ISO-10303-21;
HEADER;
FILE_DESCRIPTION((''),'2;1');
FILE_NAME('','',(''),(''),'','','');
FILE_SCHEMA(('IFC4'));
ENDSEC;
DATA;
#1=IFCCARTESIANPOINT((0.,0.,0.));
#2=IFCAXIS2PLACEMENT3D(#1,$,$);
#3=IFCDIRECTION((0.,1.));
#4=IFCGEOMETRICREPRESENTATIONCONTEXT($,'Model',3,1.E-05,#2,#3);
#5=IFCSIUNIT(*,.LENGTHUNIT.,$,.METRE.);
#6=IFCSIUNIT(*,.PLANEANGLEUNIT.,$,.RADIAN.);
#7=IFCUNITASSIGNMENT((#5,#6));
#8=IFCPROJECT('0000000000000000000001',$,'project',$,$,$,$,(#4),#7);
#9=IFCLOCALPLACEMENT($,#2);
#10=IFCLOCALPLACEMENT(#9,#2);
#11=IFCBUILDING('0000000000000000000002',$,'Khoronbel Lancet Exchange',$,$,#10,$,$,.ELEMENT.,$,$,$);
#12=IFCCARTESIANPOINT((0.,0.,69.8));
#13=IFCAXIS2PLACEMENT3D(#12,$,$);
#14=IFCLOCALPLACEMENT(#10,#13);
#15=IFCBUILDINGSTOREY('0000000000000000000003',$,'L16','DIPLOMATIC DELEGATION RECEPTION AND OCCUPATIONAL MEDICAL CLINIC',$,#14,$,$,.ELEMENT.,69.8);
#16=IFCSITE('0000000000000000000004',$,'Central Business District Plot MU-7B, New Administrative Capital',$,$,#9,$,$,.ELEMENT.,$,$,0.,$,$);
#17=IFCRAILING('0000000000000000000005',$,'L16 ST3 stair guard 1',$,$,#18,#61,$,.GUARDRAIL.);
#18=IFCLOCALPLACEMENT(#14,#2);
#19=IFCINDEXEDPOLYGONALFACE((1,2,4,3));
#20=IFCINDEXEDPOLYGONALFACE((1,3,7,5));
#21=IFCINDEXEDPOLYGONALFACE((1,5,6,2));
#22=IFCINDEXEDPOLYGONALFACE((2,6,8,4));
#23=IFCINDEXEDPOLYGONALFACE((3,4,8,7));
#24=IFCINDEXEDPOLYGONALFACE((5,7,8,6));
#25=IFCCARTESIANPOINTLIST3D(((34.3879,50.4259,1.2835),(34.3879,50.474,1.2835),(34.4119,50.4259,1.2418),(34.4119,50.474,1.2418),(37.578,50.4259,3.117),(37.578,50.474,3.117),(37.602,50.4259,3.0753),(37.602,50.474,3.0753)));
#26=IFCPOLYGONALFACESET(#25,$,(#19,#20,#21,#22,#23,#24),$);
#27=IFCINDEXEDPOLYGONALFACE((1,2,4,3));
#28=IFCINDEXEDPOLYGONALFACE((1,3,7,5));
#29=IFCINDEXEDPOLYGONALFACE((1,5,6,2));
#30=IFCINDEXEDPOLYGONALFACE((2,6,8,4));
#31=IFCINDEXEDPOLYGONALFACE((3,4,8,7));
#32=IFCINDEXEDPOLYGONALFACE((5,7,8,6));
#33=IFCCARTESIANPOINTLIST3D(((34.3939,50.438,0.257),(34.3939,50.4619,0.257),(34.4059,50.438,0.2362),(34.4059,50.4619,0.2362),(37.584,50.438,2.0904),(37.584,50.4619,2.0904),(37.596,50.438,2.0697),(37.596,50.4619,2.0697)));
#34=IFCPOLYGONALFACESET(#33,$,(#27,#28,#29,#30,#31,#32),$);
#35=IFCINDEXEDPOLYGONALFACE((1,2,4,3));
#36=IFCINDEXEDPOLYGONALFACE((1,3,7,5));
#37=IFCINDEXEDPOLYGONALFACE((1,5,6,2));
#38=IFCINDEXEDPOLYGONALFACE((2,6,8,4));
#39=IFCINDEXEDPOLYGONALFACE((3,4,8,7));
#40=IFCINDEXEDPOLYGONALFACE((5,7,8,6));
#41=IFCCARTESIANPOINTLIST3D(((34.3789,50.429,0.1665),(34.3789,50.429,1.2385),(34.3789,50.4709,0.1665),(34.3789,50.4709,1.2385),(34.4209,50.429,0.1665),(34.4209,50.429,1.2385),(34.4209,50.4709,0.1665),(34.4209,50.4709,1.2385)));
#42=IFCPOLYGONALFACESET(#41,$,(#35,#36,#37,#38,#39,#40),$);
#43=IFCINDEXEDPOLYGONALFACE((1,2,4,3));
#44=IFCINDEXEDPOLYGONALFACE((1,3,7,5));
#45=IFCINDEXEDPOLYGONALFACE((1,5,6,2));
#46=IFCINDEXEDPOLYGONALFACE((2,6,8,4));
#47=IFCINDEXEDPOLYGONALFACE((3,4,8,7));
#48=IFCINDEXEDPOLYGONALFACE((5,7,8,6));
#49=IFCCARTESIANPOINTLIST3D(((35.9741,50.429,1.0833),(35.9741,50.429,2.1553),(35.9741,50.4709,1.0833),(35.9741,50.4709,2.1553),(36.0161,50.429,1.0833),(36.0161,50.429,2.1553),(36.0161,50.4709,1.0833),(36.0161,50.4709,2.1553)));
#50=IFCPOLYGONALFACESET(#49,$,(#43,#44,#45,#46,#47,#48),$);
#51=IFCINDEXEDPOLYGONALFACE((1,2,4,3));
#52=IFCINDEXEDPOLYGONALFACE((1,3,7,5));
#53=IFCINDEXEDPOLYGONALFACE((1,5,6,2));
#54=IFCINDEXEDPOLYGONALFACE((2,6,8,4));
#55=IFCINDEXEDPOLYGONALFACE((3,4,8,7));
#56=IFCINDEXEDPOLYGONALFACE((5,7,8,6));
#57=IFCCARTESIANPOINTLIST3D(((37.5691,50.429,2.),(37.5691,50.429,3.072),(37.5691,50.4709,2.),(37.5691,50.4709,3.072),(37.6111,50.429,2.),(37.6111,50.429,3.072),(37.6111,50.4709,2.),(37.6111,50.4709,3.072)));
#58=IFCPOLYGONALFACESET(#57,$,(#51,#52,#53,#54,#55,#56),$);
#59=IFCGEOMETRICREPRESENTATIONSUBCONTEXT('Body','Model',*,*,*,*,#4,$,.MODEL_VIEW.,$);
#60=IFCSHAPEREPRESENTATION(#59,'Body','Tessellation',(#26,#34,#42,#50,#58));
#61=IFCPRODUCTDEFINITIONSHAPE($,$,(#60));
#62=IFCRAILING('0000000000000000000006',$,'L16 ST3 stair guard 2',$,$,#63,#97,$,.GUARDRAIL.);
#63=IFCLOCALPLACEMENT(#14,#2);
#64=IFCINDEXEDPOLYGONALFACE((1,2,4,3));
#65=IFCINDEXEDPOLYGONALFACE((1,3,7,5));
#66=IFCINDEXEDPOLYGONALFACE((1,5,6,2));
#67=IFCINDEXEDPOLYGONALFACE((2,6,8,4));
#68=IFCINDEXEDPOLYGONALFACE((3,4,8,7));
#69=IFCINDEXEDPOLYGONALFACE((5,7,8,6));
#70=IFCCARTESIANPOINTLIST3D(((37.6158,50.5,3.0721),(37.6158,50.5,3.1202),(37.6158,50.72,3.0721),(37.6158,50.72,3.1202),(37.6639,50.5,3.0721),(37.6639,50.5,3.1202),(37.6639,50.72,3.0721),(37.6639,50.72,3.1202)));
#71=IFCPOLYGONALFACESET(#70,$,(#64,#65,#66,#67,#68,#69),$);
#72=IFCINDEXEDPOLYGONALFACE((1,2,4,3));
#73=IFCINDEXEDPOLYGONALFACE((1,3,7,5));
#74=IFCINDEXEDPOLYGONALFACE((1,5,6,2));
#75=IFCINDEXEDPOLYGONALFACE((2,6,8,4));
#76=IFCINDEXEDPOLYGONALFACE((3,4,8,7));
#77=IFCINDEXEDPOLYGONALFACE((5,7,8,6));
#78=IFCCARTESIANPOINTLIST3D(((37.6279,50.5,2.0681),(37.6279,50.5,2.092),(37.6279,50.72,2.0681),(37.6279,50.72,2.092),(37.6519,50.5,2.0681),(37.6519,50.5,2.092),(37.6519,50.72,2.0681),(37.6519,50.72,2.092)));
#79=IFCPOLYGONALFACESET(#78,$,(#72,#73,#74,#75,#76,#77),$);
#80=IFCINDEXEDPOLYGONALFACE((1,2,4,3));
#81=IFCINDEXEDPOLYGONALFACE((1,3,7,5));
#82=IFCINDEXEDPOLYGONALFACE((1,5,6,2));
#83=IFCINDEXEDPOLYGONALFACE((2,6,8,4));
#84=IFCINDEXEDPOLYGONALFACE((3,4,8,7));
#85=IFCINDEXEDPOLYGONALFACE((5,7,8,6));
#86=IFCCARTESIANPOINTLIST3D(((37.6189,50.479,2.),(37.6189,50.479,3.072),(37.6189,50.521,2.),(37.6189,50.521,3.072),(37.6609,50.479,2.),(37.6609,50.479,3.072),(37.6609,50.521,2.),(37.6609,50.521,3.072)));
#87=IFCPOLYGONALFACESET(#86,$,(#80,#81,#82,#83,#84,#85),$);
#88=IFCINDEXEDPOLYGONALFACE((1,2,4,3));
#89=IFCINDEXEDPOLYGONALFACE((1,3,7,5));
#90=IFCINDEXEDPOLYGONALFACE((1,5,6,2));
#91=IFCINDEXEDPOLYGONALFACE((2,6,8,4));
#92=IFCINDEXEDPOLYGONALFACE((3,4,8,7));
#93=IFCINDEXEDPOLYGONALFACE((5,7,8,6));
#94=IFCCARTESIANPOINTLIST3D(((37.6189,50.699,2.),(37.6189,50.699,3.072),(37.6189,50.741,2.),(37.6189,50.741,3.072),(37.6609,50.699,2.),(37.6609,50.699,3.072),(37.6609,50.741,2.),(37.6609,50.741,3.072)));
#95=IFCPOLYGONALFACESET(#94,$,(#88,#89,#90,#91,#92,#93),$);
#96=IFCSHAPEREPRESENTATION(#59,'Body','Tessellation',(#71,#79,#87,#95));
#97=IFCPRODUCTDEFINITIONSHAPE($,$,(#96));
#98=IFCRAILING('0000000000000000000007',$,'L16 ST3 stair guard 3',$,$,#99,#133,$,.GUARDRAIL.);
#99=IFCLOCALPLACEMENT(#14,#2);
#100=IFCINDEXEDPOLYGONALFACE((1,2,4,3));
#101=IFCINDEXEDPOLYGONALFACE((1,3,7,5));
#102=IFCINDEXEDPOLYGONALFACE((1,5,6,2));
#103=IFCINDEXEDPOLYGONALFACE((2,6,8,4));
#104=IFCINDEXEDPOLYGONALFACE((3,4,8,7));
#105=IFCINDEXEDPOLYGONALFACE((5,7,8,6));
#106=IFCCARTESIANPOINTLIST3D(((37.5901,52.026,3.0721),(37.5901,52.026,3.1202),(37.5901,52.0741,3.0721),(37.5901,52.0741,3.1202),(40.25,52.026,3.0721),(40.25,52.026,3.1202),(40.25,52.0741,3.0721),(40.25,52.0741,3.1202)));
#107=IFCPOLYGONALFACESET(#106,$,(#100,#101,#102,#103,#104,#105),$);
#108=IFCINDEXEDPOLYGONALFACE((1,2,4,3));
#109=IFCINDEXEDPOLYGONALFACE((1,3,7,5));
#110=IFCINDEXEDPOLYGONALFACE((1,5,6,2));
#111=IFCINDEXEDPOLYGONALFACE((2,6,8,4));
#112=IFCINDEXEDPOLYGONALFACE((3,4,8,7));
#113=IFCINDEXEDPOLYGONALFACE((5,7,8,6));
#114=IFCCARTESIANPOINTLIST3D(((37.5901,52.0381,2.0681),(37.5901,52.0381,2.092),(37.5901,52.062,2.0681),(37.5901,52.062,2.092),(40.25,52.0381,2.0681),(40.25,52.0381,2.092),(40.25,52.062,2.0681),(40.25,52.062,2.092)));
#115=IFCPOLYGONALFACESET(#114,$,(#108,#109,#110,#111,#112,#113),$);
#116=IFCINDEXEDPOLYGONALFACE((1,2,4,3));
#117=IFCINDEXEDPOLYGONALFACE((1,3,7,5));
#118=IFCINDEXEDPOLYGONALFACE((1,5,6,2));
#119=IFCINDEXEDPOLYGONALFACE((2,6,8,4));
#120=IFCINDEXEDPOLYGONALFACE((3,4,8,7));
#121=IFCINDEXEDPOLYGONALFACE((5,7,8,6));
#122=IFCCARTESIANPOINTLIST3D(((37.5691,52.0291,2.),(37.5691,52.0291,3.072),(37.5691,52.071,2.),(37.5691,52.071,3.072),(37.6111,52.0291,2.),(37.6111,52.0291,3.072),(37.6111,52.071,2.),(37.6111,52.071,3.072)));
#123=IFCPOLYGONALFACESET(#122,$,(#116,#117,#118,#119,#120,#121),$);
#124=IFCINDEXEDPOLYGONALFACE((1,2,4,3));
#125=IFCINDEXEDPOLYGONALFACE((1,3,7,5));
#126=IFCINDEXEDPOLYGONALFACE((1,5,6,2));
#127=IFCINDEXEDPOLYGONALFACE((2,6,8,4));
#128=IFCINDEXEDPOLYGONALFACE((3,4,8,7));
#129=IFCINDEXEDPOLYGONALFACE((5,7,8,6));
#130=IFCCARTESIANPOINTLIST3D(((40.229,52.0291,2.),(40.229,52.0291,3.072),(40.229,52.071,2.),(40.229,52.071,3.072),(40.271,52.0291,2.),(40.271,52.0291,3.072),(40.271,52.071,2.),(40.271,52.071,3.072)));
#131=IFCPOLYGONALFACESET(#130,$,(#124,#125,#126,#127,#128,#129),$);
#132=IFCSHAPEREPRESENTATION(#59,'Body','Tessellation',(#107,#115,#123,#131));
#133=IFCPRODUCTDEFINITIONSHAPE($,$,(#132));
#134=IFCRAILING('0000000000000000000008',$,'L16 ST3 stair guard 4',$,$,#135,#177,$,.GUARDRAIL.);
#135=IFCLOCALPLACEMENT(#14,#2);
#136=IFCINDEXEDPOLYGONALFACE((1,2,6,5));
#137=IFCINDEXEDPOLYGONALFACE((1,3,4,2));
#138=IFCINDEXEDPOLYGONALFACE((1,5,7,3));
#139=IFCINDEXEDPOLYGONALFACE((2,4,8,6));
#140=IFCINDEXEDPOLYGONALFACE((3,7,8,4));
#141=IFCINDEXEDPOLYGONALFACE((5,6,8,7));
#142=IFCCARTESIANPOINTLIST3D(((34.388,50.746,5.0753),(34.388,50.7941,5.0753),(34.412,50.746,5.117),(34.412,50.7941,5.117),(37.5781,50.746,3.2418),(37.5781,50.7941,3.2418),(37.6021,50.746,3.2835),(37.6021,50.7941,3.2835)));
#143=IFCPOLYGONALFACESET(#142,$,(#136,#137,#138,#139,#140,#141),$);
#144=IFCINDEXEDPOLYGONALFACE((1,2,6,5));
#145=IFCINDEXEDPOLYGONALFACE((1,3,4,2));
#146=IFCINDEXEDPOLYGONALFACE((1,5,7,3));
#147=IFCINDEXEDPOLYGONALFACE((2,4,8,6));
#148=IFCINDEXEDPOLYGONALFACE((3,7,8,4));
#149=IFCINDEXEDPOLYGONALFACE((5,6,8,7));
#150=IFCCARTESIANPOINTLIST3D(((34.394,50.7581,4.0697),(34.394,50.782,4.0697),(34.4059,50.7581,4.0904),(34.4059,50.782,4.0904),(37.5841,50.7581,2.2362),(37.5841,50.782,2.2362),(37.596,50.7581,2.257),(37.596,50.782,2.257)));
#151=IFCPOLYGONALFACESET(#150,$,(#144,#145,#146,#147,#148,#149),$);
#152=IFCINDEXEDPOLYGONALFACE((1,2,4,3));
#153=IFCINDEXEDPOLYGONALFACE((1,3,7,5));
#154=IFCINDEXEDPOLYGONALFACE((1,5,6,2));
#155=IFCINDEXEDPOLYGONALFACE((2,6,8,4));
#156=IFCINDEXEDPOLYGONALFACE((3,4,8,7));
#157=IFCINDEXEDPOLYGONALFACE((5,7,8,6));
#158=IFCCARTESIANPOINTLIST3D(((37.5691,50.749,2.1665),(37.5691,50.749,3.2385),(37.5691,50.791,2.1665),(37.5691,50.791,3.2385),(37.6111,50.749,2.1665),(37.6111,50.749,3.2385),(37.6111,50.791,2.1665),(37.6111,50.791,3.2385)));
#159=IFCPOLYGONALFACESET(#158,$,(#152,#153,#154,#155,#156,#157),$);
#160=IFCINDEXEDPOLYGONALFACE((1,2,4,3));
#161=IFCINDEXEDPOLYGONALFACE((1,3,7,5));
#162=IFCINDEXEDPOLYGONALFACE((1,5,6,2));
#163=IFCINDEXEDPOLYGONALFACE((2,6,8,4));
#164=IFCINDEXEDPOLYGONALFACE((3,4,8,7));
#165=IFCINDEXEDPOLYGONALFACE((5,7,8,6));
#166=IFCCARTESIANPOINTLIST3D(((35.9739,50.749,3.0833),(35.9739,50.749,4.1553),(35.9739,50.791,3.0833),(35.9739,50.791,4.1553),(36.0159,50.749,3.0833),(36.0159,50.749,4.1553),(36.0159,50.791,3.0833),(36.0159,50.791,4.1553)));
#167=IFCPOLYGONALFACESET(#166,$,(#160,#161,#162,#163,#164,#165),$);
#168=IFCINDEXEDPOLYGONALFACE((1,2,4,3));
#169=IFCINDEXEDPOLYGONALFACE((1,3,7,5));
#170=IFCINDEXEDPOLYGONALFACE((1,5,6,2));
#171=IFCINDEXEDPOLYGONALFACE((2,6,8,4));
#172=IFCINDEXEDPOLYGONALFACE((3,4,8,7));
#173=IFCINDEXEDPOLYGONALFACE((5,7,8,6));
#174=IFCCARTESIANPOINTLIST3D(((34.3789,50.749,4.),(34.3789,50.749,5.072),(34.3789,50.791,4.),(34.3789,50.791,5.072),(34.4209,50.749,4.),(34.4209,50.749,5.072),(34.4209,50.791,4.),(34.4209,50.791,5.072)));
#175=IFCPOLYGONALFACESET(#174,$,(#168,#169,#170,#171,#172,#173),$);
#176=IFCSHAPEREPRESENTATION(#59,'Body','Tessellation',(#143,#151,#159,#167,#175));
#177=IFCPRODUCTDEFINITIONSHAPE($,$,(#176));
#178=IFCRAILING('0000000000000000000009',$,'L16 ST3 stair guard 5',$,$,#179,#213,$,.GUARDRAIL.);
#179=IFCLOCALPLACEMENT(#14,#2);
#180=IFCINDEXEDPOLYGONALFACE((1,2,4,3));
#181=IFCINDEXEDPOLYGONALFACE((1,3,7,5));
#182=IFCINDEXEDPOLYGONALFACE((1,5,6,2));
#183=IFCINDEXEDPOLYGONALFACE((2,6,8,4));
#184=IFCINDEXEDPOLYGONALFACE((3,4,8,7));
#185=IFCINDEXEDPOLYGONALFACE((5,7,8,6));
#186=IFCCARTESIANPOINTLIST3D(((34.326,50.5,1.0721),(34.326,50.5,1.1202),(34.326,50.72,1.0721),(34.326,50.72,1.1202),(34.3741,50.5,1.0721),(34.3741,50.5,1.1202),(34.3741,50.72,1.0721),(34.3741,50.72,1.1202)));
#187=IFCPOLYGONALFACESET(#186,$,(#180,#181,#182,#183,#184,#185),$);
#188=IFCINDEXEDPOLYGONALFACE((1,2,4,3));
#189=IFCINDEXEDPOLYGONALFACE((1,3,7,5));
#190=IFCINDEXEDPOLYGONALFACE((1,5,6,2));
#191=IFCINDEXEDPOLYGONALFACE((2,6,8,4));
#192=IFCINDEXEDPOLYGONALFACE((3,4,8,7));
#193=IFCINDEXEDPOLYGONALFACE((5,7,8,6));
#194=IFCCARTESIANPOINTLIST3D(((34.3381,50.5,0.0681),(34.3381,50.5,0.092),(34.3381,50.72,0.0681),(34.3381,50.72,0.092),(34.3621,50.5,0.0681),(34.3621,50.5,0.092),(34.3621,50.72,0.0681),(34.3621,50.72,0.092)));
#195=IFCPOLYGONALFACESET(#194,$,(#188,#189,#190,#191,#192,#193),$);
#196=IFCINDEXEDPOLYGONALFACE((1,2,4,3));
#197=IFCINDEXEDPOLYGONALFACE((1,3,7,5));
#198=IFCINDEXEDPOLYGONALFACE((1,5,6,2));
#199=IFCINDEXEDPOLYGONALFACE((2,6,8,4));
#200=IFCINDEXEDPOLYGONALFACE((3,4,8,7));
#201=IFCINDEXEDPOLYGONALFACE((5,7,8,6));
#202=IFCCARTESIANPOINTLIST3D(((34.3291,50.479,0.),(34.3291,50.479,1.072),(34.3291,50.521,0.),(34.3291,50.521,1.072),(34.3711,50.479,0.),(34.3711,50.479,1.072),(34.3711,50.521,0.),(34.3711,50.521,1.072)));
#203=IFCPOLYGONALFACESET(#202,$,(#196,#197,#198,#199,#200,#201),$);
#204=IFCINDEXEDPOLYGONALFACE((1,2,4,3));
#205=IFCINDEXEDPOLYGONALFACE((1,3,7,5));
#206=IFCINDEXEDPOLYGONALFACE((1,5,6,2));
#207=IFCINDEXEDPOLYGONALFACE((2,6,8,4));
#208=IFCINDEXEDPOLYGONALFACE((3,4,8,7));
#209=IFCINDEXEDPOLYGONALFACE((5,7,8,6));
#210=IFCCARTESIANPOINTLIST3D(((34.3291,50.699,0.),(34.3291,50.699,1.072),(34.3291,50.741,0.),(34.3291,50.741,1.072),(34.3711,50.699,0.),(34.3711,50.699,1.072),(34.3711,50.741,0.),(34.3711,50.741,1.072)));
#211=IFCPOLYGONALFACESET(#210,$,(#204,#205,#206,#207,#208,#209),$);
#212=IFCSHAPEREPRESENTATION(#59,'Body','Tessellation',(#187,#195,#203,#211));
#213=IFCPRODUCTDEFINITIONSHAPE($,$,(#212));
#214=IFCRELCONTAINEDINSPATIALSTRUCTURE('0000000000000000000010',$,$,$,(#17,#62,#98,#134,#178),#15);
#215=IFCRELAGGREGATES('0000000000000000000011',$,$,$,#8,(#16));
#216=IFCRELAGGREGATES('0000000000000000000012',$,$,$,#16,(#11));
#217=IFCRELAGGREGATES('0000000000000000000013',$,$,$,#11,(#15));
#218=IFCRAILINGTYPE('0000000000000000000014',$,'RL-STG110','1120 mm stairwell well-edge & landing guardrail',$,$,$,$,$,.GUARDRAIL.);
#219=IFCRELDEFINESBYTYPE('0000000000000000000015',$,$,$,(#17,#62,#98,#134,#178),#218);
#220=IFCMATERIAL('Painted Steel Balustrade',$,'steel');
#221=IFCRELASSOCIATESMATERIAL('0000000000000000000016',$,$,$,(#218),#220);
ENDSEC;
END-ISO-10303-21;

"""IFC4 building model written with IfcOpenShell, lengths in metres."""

from ifc_helpers import new_model, si_unit, direction, frame, origin, origin_2d, place, context, subcontext, project, spatial, rectangle, extrude, material, type_object, element, save


model = new_model("IFC4")

# Units and contexts
model_context = context("Model", 3, precision=1e-05, world=origin(), true_north=direction((0.0, 1.0)))
body_context = subcontext(model_context, "Body", "Model", "MODEL_VIEW")
ifc_project = project(units=[si_unit("LENGTHUNIT", "METRE"), si_unit("PLANEANGLEUNIT", "RADIAN")], contexts=[model_context])

# Site, building, storey
site_placement = place(None, origin())
site = spatial("IfcSite", under=ifc_project, at=site_placement, Name="Central Business District Plot MU-7B, New Administrative Capital", CompositionType="ELEMENT", RefElevation=0.0)
building_placement = place(site_placement, origin())
building = spatial("IfcBuilding", under=site, at=building_placement, Name="Khoronbel Lancet Exchange", CompositionType="ELEMENT")
storey_placement = place(building_placement, frame((0.0, 0.0, 69.8)))
storey = spatial("IfcBuildingStorey", under=building, at=storey_placement, Name="L16", Description="DIPLOMATIC DELEGATION RECEPTION AND OCCUPATIONAL MEDICAL CLINIC", CompositionType="ELEMENT", Elevation=69.8)

# Railings
ifc_material_1 = material(Name="Painted Steel Balustrade", Category="steel")
railing_type_1 = type_object("IfcRailingType", Name="RL-STG110", Description="1120 mm stairwell well-edge & landing guardrail", PredefinedType="GUARDRAIL", material=ifc_material_1)
railing_1_placement = place(storey_placement, frame((34.3999, 50.45, 0.1665)))
element("IfcRailing", 1, at=railing_1_placement, inside=storey, type_object=railing_type_1, Name="L16 ST3 stair guard 1", PredefinedType="GUARDRAIL", context=body_context, shape_type="SweptSolid", body=[
    extrude(rectangle(XDim=0.0481, YDim=0.0481, at=origin_2d()), frame((0.0, 0.0, 1.0962), z_axis=(0.867007, 0.0, 0.498295), x_axis=(0.0, 1.0, 0.0)), (0.0, 0.0, 1.0), 3.6794),
    extrude(rectangle(XDim=0.0239, YDim=0.0239, at=origin_2d()), frame((0.0, 0.0, 0.0801), z_axis=(0.867007, 0.0, 0.498295), x_axis=(0.0, 1.0, 0.0)), (0.0, 0.0, 1.0), 3.6794),
    extrude(rectangle(XDim=0.042, YDim=0.042, at=origin_2d()), origin(), (0.0, 0.0, 1.0), 1.072),
    extrude(rectangle(XDim=0.042, YDim=0.042, at=origin_2d()), frame((1.5952, 0.0, 0.9167)), (0.0, 0.0, 1.0), 1.072),
    extrude(rectangle(XDim=0.042, YDim=0.042, at=origin_2d()), frame((3.1902, 0.0, 1.8335)), (0.0, 0.0, 1.0), 1.072),
])
railing_2_placement = place(storey_placement, frame((37.6399, 50.5, 2.0)))
element("IfcRailing", 2, at=railing_2_placement, inside=storey, type_object=railing_type_1, Name="L16 ST3 stair guard 2", PredefinedType="GUARDRAIL", context=body_context, shape_type="SweptSolid", body=[
    extrude(rectangle(XDim=0.0481, YDim=0.0481, at=origin_2d()), frame((0.0, 0.0, 1.0962), z_axis=(0.0, 1.0, 0.0), x_axis=(-1.0, 0.0, 0.0)), (0.0, 0.0, 1.0), 0.22),
    extrude(rectangle(XDim=0.0239, YDim=0.0239, at=origin_2d()), frame((0.0, 0.0, 0.0801), z_axis=(0.0, 1.0, 0.0), x_axis=(-1.0, 0.0, 0.0)), (0.0, 0.0, 1.0), 0.22),
    extrude(rectangle(XDim=0.042, YDim=0.042, at=origin_2d()), origin(), (0.0, 0.0, 1.0), 1.072),
    extrude(rectangle(XDim=0.042, YDim=0.042, at=origin_2d()), frame((0.0, 0.22, 0.0)), (0.0, 0.0, 1.0), 1.072),
])
railing_3_placement = place(storey_placement, frame((37.5901, 52.05, 2.0)))
element("IfcRailing", 3, at=railing_3_placement, inside=storey, type_object=railing_type_1, Name="L16 ST3 stair guard 3", PredefinedType="GUARDRAIL", context=body_context, shape_type="SweptSolid", body=[
    extrude(rectangle(XDim=0.0481, YDim=0.0481, at=origin_2d()), frame((0.0, 0.0, 1.0962), z_axis=(1.0, 0.0, 0.0), x_axis=(0.0, 1.0, 0.0)), (0.0, 0.0, 1.0), 2.6599),
    extrude(rectangle(XDim=0.0239, YDim=0.0239, at=origin_2d()), frame((0.0, 0.0, 0.0801), z_axis=(1.0, 0.0, 0.0), x_axis=(0.0, 1.0, 0.0)), (0.0, 0.0, 1.0), 2.6599),
    extrude(rectangle(XDim=0.042, YDim=0.042, at=origin_2d()), origin(), (0.0, 0.0, 1.0), 1.072),
    extrude(rectangle(XDim=0.042, YDim=0.042, at=origin_2d()), frame((2.6599, 0.0, 0.0)), (0.0, 0.0, 1.0), 1.072),
])
railing_4_placement = place(storey_placement, frame((37.5901, 50.77, 2.1665)))
element("IfcRailing", 4, at=railing_4_placement, inside=storey, type_object=railing_type_1, Name="L16 ST3 stair guard 4", PredefinedType="GUARDRAIL", context=body_context, shape_type="SweptSolid", body=[
    extrude(rectangle(XDim=0.0481, YDim=0.0481, at=origin_2d()), frame((0.0, 0.0, 1.0962), z_axis=(-0.867007, 0.0, 0.498295), x_axis=(0.0, -1.0, 0.0)), (0.0, 0.0, 1.0), 3.6794),
    extrude(rectangle(XDim=0.0239, YDim=0.0239, at=origin_2d()), frame((0.0, 0.0, 0.0801), z_axis=(-0.867007, 0.0, 0.498295), x_axis=(0.0, -1.0, 0.0)), (0.0, 0.0, 1.0), 3.6794),
    extrude(rectangle(XDim=0.042, YDim=0.042, at=origin_2d()), origin(), (0.0, 0.0, 1.0), 1.072),
    extrude(rectangle(XDim=0.042, YDim=0.042, at=origin_2d()), frame((-1.5952, 0.0, 0.9167)), (0.0, 0.0, 1.0), 1.072),
    extrude(rectangle(XDim=0.042, YDim=0.042, at=origin_2d()), frame((-3.1902, 0.0, 1.8335)), (0.0, 0.0, 1.0), 1.072),
])
railing_5_placement = place(storey_placement, frame((34.3501, 50.5, 0.0)))
element("IfcRailing", 5, at=railing_5_placement, inside=storey, type_object=railing_type_1, Name="L16 ST3 stair guard 5", PredefinedType="GUARDRAIL", context=body_context, shape_type="SweptSolid", body=[
    extrude(rectangle(XDim=0.0481, YDim=0.0481, at=origin_2d()), frame((0.0, 0.0, 1.0962), z_axis=(0.0, 1.0, 0.0), x_axis=(-1.0, 0.0, 0.0)), (0.0, 0.0, 1.0), 0.22),
    extrude(rectangle(XDim=0.0239, YDim=0.0239, at=origin_2d()), frame((0.0, 0.0, 0.0801), z_axis=(0.0, 1.0, 0.0), x_axis=(-1.0, 0.0, 0.0)), (0.0, 0.0, 1.0), 0.22),
    extrude(rectangle(XDim=0.042, YDim=0.042, at=origin_2d()), origin(), (0.0, 0.0, 1.0), 1.072),
    extrude(rectangle(XDim=0.042, YDim=0.042, at=origin_2d()), frame((0.0, 0.22, 0.0)), (0.0, 0.0, 1.0), 1.072),
])

save(model, "model.ifc")
